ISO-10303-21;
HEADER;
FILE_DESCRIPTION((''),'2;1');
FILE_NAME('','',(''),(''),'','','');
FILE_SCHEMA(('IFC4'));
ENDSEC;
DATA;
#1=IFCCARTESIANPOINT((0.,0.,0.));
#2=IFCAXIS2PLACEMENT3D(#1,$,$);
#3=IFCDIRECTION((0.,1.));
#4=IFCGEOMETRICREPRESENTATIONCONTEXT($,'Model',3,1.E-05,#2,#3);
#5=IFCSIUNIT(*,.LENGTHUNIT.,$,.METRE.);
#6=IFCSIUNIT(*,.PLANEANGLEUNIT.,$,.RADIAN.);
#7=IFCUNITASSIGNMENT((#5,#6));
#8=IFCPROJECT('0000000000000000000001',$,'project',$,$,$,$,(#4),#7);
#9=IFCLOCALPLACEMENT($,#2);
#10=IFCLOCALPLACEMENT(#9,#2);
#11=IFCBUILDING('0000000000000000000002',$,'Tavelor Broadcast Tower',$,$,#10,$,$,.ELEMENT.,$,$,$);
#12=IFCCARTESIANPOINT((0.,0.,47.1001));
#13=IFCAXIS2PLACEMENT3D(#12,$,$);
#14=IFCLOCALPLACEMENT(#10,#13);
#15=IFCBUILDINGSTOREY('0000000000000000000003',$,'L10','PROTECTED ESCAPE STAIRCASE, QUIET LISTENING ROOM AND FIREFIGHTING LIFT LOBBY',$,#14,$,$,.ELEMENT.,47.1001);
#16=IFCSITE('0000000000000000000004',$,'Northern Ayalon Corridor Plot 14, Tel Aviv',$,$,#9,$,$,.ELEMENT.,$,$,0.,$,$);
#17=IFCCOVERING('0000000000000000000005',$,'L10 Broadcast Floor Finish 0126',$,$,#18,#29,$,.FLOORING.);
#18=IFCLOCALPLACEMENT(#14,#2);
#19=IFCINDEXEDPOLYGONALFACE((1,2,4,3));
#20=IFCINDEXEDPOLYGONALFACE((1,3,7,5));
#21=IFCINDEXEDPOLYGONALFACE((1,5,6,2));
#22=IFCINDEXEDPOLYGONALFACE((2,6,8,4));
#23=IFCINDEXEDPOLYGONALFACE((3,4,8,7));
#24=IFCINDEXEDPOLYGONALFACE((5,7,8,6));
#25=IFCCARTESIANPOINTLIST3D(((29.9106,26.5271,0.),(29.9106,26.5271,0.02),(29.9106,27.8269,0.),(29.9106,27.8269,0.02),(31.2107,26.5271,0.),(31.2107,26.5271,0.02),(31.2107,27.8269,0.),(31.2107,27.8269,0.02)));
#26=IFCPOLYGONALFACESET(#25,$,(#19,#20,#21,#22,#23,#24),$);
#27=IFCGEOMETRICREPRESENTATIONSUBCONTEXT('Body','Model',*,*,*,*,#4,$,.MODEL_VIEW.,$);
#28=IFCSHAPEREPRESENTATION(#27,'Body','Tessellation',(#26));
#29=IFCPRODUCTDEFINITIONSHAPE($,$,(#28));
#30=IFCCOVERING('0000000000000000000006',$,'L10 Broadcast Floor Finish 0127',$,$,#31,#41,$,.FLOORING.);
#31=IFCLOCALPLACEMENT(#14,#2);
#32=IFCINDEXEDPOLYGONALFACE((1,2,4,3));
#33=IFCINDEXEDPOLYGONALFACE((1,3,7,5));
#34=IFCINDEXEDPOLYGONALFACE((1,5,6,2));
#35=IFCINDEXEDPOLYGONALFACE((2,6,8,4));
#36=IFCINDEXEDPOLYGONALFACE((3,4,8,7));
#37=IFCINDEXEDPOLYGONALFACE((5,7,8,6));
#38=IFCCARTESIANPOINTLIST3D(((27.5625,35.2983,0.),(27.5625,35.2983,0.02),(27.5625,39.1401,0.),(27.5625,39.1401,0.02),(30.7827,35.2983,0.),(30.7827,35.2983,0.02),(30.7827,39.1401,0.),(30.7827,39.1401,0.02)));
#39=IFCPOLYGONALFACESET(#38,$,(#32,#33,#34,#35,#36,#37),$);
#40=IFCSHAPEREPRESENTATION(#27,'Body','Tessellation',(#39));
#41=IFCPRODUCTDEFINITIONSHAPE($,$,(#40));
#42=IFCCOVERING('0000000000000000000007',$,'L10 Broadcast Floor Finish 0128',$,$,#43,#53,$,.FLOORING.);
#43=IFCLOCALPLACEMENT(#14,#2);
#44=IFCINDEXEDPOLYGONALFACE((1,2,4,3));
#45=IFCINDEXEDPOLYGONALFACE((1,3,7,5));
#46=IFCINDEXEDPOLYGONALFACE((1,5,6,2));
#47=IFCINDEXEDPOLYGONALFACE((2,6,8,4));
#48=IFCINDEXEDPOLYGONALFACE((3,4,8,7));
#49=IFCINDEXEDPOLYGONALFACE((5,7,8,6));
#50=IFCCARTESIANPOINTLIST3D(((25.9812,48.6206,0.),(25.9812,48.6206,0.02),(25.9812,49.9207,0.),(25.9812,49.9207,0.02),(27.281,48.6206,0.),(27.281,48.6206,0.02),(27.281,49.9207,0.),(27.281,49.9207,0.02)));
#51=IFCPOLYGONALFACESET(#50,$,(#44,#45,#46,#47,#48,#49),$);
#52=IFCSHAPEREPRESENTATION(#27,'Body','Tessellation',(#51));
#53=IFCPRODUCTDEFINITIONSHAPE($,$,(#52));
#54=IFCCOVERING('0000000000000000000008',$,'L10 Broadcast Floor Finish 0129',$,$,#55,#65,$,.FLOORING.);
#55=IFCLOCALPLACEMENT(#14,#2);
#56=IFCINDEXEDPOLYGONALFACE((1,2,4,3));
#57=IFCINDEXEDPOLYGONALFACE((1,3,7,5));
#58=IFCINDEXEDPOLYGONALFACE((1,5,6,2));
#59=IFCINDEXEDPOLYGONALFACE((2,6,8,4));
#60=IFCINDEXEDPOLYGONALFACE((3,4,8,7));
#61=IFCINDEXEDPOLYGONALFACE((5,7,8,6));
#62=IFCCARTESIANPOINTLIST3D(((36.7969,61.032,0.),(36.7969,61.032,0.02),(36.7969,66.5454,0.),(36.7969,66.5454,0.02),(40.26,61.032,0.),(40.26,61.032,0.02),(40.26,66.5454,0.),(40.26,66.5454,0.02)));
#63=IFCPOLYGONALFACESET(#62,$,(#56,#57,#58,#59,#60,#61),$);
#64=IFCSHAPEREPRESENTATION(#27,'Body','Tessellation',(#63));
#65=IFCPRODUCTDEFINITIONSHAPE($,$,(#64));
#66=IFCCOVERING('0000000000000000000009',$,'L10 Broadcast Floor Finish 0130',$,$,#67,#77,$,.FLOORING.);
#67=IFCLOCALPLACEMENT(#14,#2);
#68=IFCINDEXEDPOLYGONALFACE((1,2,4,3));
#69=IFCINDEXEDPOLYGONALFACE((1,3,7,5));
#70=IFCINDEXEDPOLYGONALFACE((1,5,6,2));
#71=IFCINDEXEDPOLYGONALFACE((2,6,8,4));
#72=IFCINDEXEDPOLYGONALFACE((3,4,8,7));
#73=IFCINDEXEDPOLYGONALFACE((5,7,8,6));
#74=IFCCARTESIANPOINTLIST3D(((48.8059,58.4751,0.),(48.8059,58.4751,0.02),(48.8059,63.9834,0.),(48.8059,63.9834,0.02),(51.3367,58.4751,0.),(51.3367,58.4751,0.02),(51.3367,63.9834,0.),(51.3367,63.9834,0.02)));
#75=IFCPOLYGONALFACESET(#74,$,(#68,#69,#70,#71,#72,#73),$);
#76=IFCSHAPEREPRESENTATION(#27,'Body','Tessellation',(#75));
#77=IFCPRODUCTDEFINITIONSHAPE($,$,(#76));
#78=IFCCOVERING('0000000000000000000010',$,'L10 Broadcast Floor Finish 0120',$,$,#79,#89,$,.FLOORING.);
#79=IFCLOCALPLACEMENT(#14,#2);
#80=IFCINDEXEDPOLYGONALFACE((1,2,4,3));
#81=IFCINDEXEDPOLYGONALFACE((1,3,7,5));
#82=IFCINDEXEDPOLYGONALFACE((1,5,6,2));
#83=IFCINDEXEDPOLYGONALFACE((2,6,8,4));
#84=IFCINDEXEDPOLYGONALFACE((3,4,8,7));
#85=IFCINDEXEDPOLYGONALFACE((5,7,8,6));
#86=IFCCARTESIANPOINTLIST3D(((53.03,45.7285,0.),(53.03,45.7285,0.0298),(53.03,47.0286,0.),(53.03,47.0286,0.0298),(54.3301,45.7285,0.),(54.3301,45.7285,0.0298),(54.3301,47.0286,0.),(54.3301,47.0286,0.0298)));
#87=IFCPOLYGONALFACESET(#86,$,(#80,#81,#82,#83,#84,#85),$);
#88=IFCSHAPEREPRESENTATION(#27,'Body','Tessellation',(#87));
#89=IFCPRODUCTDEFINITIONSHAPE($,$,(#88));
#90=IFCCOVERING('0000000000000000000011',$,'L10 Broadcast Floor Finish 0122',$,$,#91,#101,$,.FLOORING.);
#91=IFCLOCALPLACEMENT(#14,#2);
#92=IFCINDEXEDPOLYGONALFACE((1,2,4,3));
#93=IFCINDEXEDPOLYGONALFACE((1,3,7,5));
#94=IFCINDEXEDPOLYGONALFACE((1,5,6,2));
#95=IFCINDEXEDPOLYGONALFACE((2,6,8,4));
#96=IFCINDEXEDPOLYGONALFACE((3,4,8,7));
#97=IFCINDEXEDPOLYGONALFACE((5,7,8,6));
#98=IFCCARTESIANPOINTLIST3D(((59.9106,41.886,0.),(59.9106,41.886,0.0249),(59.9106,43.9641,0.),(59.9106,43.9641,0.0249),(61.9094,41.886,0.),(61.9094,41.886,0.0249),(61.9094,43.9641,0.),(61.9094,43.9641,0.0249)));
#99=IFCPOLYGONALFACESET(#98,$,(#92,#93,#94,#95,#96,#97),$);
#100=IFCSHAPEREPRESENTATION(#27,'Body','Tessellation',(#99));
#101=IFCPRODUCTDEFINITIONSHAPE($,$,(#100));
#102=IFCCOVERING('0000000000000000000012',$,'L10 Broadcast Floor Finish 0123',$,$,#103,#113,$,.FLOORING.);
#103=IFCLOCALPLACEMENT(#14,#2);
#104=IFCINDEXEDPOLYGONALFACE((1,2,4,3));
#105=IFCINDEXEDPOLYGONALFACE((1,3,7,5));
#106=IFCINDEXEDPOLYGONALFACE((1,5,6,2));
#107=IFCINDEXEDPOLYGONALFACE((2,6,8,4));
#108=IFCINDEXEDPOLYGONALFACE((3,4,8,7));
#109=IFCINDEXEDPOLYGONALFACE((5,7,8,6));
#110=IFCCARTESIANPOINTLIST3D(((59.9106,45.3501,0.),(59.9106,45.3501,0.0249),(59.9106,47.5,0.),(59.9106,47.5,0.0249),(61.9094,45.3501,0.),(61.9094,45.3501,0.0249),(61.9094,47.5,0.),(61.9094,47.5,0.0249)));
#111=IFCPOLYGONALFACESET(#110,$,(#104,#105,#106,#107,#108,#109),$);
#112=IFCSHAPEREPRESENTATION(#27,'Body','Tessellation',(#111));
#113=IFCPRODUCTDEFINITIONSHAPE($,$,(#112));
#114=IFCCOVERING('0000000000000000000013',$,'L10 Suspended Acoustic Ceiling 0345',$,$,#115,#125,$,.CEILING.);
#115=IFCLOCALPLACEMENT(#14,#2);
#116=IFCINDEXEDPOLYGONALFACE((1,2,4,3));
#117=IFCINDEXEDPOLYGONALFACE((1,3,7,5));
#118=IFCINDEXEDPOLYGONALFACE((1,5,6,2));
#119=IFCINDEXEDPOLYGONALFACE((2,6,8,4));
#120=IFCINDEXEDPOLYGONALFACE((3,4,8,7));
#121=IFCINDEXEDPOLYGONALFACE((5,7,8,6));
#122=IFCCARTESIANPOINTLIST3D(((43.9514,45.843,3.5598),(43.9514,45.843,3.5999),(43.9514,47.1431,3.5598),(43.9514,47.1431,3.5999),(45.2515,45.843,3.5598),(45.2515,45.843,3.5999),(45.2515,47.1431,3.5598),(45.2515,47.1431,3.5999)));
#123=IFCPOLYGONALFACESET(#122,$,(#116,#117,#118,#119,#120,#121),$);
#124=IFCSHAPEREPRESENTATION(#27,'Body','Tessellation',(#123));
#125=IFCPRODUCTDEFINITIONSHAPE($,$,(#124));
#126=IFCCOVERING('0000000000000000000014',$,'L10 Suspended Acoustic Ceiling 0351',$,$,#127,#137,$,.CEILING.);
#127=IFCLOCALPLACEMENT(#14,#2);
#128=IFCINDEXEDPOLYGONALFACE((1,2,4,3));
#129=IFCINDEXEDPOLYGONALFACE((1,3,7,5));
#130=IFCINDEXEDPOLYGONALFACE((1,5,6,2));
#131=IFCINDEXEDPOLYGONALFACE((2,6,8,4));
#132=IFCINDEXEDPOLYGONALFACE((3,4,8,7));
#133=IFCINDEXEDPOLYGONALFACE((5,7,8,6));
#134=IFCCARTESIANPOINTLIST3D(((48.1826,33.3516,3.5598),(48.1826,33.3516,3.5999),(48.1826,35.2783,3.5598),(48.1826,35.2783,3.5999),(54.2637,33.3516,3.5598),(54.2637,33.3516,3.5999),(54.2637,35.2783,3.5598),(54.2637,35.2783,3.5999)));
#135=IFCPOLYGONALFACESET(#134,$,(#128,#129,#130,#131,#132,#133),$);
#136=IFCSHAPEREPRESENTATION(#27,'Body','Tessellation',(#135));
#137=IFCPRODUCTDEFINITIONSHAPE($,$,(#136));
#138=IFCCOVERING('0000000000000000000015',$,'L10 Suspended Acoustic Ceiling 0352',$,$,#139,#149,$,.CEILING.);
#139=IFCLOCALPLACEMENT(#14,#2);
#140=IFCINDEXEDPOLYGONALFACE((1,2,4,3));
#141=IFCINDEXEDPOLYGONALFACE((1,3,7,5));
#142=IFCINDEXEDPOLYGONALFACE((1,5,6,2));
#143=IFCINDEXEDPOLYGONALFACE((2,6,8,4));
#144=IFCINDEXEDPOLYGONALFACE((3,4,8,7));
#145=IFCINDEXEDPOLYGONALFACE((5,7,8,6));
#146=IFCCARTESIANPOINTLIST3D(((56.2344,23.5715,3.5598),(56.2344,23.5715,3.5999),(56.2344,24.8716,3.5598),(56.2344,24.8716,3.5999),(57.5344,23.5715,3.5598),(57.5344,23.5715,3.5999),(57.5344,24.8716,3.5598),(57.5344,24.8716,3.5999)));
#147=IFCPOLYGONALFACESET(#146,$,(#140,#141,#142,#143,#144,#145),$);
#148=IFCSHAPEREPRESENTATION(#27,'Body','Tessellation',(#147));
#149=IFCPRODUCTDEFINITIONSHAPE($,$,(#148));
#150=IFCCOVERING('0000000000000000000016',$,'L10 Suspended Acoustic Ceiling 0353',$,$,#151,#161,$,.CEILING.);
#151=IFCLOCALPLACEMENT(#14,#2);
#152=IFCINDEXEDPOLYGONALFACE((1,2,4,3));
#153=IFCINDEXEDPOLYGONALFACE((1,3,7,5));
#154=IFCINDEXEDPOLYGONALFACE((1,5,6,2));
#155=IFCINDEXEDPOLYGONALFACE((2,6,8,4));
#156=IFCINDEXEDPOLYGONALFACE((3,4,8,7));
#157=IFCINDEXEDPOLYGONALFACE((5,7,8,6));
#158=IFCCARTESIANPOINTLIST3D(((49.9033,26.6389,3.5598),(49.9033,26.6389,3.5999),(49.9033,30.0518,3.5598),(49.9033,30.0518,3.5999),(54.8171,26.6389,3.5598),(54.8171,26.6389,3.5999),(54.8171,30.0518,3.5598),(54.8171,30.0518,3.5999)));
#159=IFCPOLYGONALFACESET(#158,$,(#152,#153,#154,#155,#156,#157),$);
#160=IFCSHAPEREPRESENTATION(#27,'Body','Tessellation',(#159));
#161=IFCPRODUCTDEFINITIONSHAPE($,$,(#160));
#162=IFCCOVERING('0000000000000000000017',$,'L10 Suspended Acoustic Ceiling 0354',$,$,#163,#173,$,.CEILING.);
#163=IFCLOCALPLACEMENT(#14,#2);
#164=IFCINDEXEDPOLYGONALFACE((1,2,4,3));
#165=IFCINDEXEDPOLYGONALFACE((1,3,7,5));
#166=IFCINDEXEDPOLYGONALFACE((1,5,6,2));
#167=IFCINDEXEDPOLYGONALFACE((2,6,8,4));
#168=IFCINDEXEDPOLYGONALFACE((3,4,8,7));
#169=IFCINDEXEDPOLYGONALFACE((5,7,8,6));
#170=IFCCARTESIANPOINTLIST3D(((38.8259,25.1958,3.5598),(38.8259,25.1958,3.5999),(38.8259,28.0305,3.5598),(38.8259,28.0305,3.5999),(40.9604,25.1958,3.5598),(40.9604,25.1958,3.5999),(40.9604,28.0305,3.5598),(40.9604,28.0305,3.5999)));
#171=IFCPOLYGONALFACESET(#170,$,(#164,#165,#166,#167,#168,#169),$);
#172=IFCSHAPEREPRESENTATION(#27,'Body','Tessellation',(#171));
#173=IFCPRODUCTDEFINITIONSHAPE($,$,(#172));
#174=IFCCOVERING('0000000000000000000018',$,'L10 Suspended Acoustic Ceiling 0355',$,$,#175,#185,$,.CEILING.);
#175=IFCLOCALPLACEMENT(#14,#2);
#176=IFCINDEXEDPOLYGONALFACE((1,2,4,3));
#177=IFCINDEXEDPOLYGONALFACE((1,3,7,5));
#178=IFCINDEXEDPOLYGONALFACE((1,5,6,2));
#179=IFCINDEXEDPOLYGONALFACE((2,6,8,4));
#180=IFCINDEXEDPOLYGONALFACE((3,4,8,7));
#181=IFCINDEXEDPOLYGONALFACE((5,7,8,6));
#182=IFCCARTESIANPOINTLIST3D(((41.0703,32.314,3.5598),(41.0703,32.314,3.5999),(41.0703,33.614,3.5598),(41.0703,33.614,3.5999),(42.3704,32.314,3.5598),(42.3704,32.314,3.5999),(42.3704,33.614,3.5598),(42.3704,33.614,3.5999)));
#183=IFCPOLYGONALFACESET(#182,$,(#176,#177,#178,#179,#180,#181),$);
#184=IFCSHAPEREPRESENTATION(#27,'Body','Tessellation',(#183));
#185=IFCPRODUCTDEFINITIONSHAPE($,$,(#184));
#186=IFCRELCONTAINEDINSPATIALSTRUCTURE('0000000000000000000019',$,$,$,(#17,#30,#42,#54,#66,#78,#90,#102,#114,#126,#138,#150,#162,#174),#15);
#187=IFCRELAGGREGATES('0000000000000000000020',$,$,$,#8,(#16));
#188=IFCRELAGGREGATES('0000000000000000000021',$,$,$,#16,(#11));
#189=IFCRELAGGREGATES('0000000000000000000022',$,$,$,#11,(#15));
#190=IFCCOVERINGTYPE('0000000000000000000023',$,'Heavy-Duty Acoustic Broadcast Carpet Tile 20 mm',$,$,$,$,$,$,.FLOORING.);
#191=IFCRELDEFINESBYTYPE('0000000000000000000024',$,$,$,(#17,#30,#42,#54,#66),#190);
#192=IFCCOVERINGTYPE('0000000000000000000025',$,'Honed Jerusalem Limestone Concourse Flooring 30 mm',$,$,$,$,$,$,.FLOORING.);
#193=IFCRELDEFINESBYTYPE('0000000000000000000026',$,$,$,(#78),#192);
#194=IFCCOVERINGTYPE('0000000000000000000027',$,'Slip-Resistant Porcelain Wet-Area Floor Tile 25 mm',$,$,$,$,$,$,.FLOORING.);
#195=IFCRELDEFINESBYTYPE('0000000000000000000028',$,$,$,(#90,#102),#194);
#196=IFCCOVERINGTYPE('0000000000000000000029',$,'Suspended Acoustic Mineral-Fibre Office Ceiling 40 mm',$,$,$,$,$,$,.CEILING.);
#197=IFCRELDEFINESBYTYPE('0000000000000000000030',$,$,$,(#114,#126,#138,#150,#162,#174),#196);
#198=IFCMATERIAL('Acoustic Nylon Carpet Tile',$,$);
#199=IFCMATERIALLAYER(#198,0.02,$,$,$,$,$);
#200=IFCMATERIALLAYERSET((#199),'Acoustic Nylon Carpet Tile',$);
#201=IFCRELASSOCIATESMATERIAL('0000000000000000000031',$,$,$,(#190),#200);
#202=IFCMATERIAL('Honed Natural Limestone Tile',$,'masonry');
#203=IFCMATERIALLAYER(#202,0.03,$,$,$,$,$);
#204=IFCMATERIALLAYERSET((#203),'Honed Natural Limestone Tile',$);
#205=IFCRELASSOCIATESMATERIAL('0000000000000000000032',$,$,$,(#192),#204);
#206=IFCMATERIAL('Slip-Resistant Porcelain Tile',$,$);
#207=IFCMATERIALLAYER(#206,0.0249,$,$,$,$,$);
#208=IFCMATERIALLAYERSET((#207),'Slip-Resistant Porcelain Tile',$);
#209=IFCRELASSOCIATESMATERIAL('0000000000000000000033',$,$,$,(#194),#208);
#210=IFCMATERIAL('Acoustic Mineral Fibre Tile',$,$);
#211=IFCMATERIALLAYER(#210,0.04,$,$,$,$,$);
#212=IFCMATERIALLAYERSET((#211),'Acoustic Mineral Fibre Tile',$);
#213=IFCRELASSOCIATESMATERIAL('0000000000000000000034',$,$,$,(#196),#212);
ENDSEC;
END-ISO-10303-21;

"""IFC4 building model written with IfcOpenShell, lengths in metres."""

from ifc_helpers import new_model, si_unit, direction, frame, origin, place, context, subcontext, project, spatial, polyline, outline, extrude, material, layer, layer_set, type_object, element, save


model = new_model("IFC4")

# Units and contexts
model_context = context("Model", 3, precision=1e-05, world=origin(), true_north=direction((0.0, 1.0)))
body_context = subcontext(model_context, "Body", "Model", "MODEL_VIEW")
ifc_project = project(units=[si_unit("LENGTHUNIT", "METRE"), si_unit("PLANEANGLEUNIT", "RADIAN")], contexts=[model_context])

# Site, building, storey
site_placement = place(None, origin())
site = spatial("IfcSite", under=ifc_project, at=site_placement, Name="Northern Ayalon Corridor Plot 14, Tel Aviv", CompositionType="ELEMENT", RefElevation=0.0)
building_placement = place(site_placement, origin())
building = spatial("IfcBuilding", under=site, at=building_placement, Name="Tavelor Broadcast Tower", CompositionType="ELEMENT")
storey_placement = place(building_placement, frame((0.0, 0.0, 47.1001)))
storey = spatial("IfcBuildingStorey", under=building, at=storey_placement, Name="L10", Description="PROTECTED ESCAPE STAIRCASE, QUIET LISTENING ROOM AND FIREFIGHTING LIFT LOBBY", CompositionType="ELEMENT", Elevation=47.1001)

# Coverings
ifc_material_1 = material(Name="Acoustic Nylon Carpet Tile")
ifc_layer_1 = layer(ifc_material_1, 0.02)
ifc_layer_set_1 = layer_set([ifc_layer_1], Name="Acoustic Nylon Carpet Tile")
covering_type_1 = type_object("IfcCoveringType", Name="Heavy-Duty Acoustic Broadcast Carpet Tile 20 mm", PredefinedType="FLOORING", material=ifc_layer_set_1)
covering_1_placement = place(storey_placement, origin())
element("IfcCovering", 1, at=covering_1_placement, inside=storey, type_object=covering_type_1, Name="L10 Broadcast Floor Finish 0126", PredefinedType="FLOORING", context=body_context, shape_type="SweptSolid", body=[
    extrude(outline(polyline([(29.9106, 26.5271), (31.2107, 26.5271), (31.2107, 27.8269), (29.9106, 27.8269), (29.9106, 26.5271)])), origin(), (0.0, 0.0, 1.0), 0.02),
])
covering_2_placement = place(storey_placement, origin())
element("IfcCovering", 2, at=covering_2_placement, inside=storey, type_object=covering_type_1, Name="L10 Broadcast Floor Finish 0127", PredefinedType="FLOORING", context=body_context, shape_type="SweptSolid", body=[
    extrude(outline(polyline([(27.5625, 35.2983), (30.7827, 35.2983), (30.7827, 39.1401), (27.5625, 39.1401), (27.5625, 35.2983)])), origin(), (0.0, 0.0, 1.0), 0.02),
])
covering_3_placement = place(storey_placement, origin())
element("IfcCovering", 3, at=covering_3_placement, inside=storey, type_object=covering_type_1, Name="L10 Broadcast Floor Finish 0128", PredefinedType="FLOORING", context=body_context, shape_type="SweptSolid", body=[
    extrude(outline(polyline([(25.9812, 48.6206), (27.281, 48.6206), (27.281, 49.9207), (25.9812, 49.9207), (25.9812, 48.6206)])), origin(), (0.0, 0.0, 1.0), 0.02),
])
covering_4_placement = place(storey_placement, origin())
element("IfcCovering", 4, at=covering_4_placement, inside=storey, type_object=covering_type_1, Name="L10 Broadcast Floor Finish 0129", PredefinedType="FLOORING", context=body_context, shape_type="SweptSolid", body=[
    extrude(outline(polyline([(36.7969, 61.032), (40.26, 61.032), (40.26, 66.5454), (36.7969, 66.5454), (36.7969, 61.032)])), origin(), (0.0, 0.0, 1.0), 0.02),
])
covering_5_placement = place(storey_placement, origin())
element("IfcCovering", 5, at=covering_5_placement, inside=storey, type_object=covering_type_1, Name="L10 Broadcast Floor Finish 0130", PredefinedType="FLOORING", context=body_context, shape_type="SweptSolid", body=[
    extrude(outline(polyline([(48.8059, 58.4751), (51.3367, 58.4751), (51.3367, 63.9834), (48.8059, 63.9834), (48.8059, 58.4751)])), origin(), (0.0, 0.0, 1.0), 0.02),
])
ifc_material_2 = material(Name="Honed Natural Limestone Tile", Category="masonry")
ifc_layer_2 = layer(ifc_material_2, 0.03)
ifc_layer_set_2 = layer_set([ifc_layer_2], Name="Honed Natural Limestone Tile")
covering_type_2 = type_object("IfcCoveringType", Name="Honed Jerusalem Limestone Concourse Flooring 30 mm", PredefinedType="FLOORING", material=ifc_layer_set_2)
covering_6_placement = place(storey_placement, origin())
element("IfcCovering", 6, at=covering_6_placement, inside=storey, type_object=covering_type_2, Name="L10 Broadcast Floor Finish 0120", PredefinedType="FLOORING", context=body_context, shape_type="SweptSolid", body=[
    extrude(outline(polyline([(53.03, 45.7285), (54.3301, 45.7285), (54.3301, 47.0286), (53.03, 47.0286), (53.03, 45.7285)])), origin(), (0.0, 0.0, 1.0), 0.0298),
])
ifc_material_3 = material(Name="Slip-Resistant Porcelain Tile")
ifc_layer_3 = layer(ifc_material_3, 0.0249)
ifc_layer_set_3 = layer_set([ifc_layer_3], Name="Slip-Resistant Porcelain Tile")
covering_type_3 = type_object("IfcCoveringType", Name="Slip-Resistant Porcelain Wet-Area Floor Tile 25 mm", PredefinedType="FLOORING", material=ifc_layer_set_3)
covering_7_placement = place(storey_placement, origin())
element("IfcCovering", 7, at=covering_7_placement, inside=storey, type_object=covering_type_3, Name="L10 Broadcast Floor Finish 0122", PredefinedType="FLOORING", context=body_context, shape_type="SweptSolid", body=[
    extrude(outline(polyline([(59.9106, 41.886), (61.9094, 41.886), (61.9094, 43.9641), (59.9106, 43.9641), (59.9106, 41.886)])), origin(), (0.0, 0.0, 1.0), 0.0249),
])
covering_8_placement = place(storey_placement, origin())
element("IfcCovering", 8, at=covering_8_placement, inside=storey, type_object=covering_type_3, Name="L10 Broadcast Floor Finish 0123", PredefinedType="FLOORING", context=body_context, shape_type="SweptSolid", body=[
    extrude(outline(polyline([(59.9106, 45.3501), (61.9094, 45.3501), (61.9094, 47.5), (59.9106, 47.5), (59.9106, 45.3501)])), origin(), (0.0, 0.0, 1.0), 0.0249),
])
ifc_material_4 = material(Name="Acoustic Mineral Fibre Tile")
ifc_layer_4 = layer(ifc_material_4, 0.04)
ifc_layer_set_4 = layer_set([ifc_layer_4], Name="Acoustic Mineral Fibre Tile")
covering_type_4 = type_object("IfcCoveringType", Name="Suspended Acoustic Mineral-Fibre Office Ceiling 40 mm", PredefinedType="CEILING", material=ifc_layer_set_4)
covering_9_placement = place(storey_placement, frame((0.0, 0.0, 3.5598)))
element("IfcCovering", 9, at=covering_9_placement, inside=storey, type_object=covering_type_4, Name="L10 Suspended Acoustic Ceiling 0345", PredefinedType="CEILING", context=body_context, shape_type="SweptSolid", body=[
    extrude(outline(polyline([(43.9514, 45.843), (45.2515, 45.843), (45.2515, 47.1431), (43.9514, 47.1431), (43.9514, 45.843)])), origin(), (0.0, 0.0, 1.0), 0.04),
])
covering_10_placement = place(storey_placement, frame((0.0, 0.0, 3.5598)))
element("IfcCovering", 10, at=covering_10_placement, inside=storey, type_object=covering_type_4, Name="L10 Suspended Acoustic Ceiling 0351", PredefinedType="CEILING", context=body_context, shape_type="SweptSolid", body=[
    extrude(outline(polyline([(48.1826, 33.3516), (54.2637, 33.3516), (54.2637, 35.2783), (48.1826, 35.2783), (48.1826, 33.3516)])), origin(), (0.0, 0.0, 1.0), 0.04),
])
covering_11_placement = place(storey_placement, frame((0.0, 0.0, 3.5598)))
element("IfcCovering", 11, at=covering_11_placement, inside=storey, type_object=covering_type_4, Name="L10 Suspended Acoustic Ceiling 0352", PredefinedType="CEILING", context=body_context, shape_type="SweptSolid", body=[
    extrude(outline(polyline([(56.2344, 23.5715), (57.5344, 23.5715), (57.5344, 24.8716), (56.2344, 24.8716), (56.2344, 23.5715)])), origin(), (0.0, 0.0, 1.0), 0.04),
])
covering_12_placement = place(storey_placement, frame((0.0, 0.0, 3.5598)))
element("IfcCovering", 12, at=covering_12_placement, inside=storey, type_object=covering_type_4, Name="L10 Suspended Acoustic Ceiling 0353", PredefinedType="CEILING", context=body_context, shape_type="SweptSolid", body=[
    extrude(outline(polyline([(49.9033, 26.6389), (54.8171, 26.6389), (54.8171, 30.0518), (49.9033, 30.0518), (49.9033, 26.6389)])), origin(), (0.0, 0.0, 1.0), 0.04),
])
covering_13_placement = place(storey_placement, frame((0.0, 0.0, 3.5598)))
element("IfcCovering", 13, at=covering_13_placement, inside=storey, type_object=covering_type_4, Name="L10 Suspended Acoustic Ceiling 0354", PredefinedType="CEILING", context=body_context, shape_type="SweptSolid", body=[
    extrude(outline(polyline([(38.8259, 25.1958), (40.9604, 25.1958), (40.9604, 28.0305), (38.8259, 28.0305), (38.8259, 25.1958)])), origin(), (0.0, 0.0, 1.0), 0.04),
])
covering_14_placement = place(storey_placement, frame((0.0, 0.0, 3.5598)))
element("IfcCovering", 14, at=covering_14_placement, inside=storey, type_object=covering_type_4, Name="L10 Suspended Acoustic Ceiling 0355", PredefinedType="CEILING", context=body_context, shape_type="SweptSolid", body=[
    extrude(outline(polyline([(41.0703, 32.314), (42.3704, 32.314), (42.3704, 33.614), (41.0703, 33.614), (41.0703, 32.314)])), origin(), (0.0, 0.0, 1.0), 0.04),
])

save(model, "model.ifc")
